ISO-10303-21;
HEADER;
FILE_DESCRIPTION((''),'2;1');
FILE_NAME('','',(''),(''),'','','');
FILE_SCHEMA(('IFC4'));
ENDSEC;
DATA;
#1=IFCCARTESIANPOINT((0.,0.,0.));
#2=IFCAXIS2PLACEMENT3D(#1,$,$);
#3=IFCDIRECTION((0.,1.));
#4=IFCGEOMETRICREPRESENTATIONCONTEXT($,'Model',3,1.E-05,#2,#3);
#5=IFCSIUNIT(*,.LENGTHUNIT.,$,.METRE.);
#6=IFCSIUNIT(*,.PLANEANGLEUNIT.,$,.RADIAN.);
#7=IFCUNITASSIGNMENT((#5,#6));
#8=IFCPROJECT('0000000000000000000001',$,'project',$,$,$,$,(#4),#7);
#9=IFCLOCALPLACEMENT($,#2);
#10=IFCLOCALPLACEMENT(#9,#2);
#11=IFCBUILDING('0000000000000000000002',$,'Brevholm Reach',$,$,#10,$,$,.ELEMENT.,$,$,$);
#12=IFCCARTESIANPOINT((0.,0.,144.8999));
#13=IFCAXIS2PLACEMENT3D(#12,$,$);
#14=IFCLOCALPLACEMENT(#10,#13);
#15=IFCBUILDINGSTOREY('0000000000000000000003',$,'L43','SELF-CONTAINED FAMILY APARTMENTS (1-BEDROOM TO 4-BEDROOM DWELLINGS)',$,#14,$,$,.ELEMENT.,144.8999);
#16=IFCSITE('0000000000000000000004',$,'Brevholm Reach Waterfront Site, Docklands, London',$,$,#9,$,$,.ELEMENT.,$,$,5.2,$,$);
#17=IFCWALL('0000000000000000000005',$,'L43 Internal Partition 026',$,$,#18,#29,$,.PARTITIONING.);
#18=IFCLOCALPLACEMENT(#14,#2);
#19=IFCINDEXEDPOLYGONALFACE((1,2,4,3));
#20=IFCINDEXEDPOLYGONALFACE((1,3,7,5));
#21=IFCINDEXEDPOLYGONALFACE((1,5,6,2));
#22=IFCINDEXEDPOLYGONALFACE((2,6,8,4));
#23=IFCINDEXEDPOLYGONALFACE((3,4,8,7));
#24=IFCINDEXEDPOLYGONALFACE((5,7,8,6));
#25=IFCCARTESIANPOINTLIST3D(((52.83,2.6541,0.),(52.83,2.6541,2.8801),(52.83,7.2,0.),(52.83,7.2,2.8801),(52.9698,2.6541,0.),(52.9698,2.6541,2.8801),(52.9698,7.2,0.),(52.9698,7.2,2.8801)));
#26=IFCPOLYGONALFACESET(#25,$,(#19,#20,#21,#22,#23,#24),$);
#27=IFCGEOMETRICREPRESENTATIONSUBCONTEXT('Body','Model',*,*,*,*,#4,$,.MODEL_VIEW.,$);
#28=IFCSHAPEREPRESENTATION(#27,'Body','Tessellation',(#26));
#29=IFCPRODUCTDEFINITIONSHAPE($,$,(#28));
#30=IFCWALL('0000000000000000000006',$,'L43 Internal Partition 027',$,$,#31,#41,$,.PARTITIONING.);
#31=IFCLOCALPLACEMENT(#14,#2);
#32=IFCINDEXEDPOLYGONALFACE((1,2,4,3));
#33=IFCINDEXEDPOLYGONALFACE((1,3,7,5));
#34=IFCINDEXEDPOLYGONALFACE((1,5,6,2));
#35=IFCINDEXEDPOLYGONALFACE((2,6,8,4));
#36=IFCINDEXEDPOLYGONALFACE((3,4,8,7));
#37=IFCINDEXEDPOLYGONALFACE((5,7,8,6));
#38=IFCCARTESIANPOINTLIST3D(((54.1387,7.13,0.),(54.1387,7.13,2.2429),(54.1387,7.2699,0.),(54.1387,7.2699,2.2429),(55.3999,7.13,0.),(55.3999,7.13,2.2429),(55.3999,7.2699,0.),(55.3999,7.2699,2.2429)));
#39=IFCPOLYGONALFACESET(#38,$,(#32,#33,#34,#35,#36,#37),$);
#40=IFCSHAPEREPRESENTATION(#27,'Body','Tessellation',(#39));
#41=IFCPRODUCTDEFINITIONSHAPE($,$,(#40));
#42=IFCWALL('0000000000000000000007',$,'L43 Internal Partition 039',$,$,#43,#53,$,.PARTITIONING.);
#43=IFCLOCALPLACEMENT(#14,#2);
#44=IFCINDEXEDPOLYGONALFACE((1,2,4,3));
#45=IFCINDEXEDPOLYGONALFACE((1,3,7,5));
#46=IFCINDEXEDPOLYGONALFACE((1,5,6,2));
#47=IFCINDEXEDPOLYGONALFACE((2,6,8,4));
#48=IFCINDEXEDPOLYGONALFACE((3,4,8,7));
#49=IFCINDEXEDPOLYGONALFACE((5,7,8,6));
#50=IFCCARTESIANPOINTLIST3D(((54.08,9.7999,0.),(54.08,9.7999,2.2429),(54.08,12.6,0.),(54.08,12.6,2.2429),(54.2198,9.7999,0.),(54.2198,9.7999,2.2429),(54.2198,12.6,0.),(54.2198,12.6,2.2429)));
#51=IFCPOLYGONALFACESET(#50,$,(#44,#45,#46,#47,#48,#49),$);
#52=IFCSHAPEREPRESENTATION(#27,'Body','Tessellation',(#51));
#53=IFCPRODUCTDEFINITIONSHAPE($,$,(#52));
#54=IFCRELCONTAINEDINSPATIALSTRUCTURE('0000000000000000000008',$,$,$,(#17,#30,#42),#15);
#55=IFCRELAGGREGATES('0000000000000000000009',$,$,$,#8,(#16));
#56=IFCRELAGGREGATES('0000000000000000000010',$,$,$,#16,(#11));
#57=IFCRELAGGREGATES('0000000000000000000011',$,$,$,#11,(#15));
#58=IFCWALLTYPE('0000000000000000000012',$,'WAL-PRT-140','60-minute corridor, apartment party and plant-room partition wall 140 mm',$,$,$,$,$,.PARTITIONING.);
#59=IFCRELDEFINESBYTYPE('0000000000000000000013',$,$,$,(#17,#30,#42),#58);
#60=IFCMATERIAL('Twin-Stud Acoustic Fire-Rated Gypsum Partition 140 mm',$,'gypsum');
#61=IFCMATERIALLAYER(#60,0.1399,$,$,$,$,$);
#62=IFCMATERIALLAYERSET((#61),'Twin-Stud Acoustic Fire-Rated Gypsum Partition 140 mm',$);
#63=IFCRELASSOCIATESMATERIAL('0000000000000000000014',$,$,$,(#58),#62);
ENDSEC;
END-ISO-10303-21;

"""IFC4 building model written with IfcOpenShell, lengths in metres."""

from ifc_helpers import new_model, si_unit, direction, frame, frame_2d, origin, place, context, subcontext, project, spatial, rectangle, extrude, material, layer, layer_set, type_object, element, save


model = new_model("IFC4")

# Units and contexts
model_context = context("Model", 3, precision=1e-05, world=origin(), true_north=direction((0.0, 1.0)))
body_context = subcontext(model_context, "Body", "Model", "MODEL_VIEW")
ifc_project = project(units=[si_unit("LENGTHUNIT", "METRE"), si_unit("PLANEANGLEUNIT", "RADIAN")], contexts=[model_context])

# Site, building, storey
site_placement = place(None, origin())
site = spatial("IfcSite", under=ifc_project, at=site_placement, Name="Brevholm Reach Waterfront Site, Docklands, London", CompositionType="ELEMENT", RefElevation=5.2)
building_placement = place(site_placement, origin())
building = spatial("IfcBuilding", under=site, at=building_placement, Name="Brevholm Reach", CompositionType="ELEMENT")
storey_placement = place(building_placement, frame((0.0, 0.0, 144.8999)))
storey = spatial("IfcBuildingStorey", under=building, at=storey_placement, Name="L43", Description="SELF-CONTAINED FAMILY APARTMENTS (1-BEDROOM TO 4-BEDROOM DWELLINGS)", CompositionType="ELEMENT", Elevation=144.8999)

# Shared definitions
ifc_material_1 = material(Name="Twin-Stud Acoustic Fire-Rated Gypsum Partition 140 mm", Category="gypsum")
ifc_layer_1 = layer(ifc_material_1, 0.1399)
ifc_layer_set_1 = layer_set([ifc_layer_1], Name="Twin-Stud Acoustic Fire-Rated Gypsum Partition 140 mm")
wall_type_1 = type_object("IfcWallType", Name="WAL-PRT-140", Description="60-minute corridor, apartment party and plant-room partition wall 140 mm", PredefinedType="PARTITIONING", material=ifc_layer_set_1)

# Walls
wall_1_placement = place(storey_placement, frame((52.8999, 2.6541, 0.0), z_axis=(0.0, 0.0, 1.0), x_axis=(0.0, 1.0, 0.0)))
element("IfcWall", 1, at=wall_1_placement, inside=storey, type_object=wall_type_1, Name="L43 Internal Partition 026", PredefinedType="PARTITIONING", context=body_context, shape_type="SweptSolid", body=[
    extrude(rectangle(XDim=4.5459, YDim=0.1399, at=frame_2d((2.2729, 0.0))), origin(), (0.0, 0.0, 1.0), 2.8801),
])
wall_2_placement = place(storey_placement, frame((54.1387, 7.2, 0.0), z_axis=(0.0, 0.0, 1.0), x_axis=(1.0, 0.0, 0.0)))
element("IfcWall", 2, at=wall_2_placement, inside=storey, type_object=wall_type_1, Name="L43 Internal Partition 027", PredefinedType="PARTITIONING", context=body_context, shape_type="SweptSolid", body=[
    extrude(rectangle(XDim=1.2612, YDim=0.1399, at=frame_2d((0.6306, 0.0))), origin(), (0.0, 0.0, 1.0), 2.2429),
])
wall_3_placement = place(storey_placement, frame((54.1499, 9.8, 0.0), z_axis=(0.0, 0.0, 1.0), x_axis=(0.0, 1.0, 0.0)))
element("IfcWall", 3, at=wall_3_placement, inside=storey, type_object=wall_type_1, Name="L43 Internal Partition 039", PredefinedType="PARTITIONING", context=body_context, shape_type="SweptSolid", body=[
    extrude(rectangle(XDim=2.8, YDim=0.1399, at=frame_2d((1.3999, 0.0))), origin(), (0.0, 0.0, 1.0), 2.2429),
])

save(model, "model.ifc")
